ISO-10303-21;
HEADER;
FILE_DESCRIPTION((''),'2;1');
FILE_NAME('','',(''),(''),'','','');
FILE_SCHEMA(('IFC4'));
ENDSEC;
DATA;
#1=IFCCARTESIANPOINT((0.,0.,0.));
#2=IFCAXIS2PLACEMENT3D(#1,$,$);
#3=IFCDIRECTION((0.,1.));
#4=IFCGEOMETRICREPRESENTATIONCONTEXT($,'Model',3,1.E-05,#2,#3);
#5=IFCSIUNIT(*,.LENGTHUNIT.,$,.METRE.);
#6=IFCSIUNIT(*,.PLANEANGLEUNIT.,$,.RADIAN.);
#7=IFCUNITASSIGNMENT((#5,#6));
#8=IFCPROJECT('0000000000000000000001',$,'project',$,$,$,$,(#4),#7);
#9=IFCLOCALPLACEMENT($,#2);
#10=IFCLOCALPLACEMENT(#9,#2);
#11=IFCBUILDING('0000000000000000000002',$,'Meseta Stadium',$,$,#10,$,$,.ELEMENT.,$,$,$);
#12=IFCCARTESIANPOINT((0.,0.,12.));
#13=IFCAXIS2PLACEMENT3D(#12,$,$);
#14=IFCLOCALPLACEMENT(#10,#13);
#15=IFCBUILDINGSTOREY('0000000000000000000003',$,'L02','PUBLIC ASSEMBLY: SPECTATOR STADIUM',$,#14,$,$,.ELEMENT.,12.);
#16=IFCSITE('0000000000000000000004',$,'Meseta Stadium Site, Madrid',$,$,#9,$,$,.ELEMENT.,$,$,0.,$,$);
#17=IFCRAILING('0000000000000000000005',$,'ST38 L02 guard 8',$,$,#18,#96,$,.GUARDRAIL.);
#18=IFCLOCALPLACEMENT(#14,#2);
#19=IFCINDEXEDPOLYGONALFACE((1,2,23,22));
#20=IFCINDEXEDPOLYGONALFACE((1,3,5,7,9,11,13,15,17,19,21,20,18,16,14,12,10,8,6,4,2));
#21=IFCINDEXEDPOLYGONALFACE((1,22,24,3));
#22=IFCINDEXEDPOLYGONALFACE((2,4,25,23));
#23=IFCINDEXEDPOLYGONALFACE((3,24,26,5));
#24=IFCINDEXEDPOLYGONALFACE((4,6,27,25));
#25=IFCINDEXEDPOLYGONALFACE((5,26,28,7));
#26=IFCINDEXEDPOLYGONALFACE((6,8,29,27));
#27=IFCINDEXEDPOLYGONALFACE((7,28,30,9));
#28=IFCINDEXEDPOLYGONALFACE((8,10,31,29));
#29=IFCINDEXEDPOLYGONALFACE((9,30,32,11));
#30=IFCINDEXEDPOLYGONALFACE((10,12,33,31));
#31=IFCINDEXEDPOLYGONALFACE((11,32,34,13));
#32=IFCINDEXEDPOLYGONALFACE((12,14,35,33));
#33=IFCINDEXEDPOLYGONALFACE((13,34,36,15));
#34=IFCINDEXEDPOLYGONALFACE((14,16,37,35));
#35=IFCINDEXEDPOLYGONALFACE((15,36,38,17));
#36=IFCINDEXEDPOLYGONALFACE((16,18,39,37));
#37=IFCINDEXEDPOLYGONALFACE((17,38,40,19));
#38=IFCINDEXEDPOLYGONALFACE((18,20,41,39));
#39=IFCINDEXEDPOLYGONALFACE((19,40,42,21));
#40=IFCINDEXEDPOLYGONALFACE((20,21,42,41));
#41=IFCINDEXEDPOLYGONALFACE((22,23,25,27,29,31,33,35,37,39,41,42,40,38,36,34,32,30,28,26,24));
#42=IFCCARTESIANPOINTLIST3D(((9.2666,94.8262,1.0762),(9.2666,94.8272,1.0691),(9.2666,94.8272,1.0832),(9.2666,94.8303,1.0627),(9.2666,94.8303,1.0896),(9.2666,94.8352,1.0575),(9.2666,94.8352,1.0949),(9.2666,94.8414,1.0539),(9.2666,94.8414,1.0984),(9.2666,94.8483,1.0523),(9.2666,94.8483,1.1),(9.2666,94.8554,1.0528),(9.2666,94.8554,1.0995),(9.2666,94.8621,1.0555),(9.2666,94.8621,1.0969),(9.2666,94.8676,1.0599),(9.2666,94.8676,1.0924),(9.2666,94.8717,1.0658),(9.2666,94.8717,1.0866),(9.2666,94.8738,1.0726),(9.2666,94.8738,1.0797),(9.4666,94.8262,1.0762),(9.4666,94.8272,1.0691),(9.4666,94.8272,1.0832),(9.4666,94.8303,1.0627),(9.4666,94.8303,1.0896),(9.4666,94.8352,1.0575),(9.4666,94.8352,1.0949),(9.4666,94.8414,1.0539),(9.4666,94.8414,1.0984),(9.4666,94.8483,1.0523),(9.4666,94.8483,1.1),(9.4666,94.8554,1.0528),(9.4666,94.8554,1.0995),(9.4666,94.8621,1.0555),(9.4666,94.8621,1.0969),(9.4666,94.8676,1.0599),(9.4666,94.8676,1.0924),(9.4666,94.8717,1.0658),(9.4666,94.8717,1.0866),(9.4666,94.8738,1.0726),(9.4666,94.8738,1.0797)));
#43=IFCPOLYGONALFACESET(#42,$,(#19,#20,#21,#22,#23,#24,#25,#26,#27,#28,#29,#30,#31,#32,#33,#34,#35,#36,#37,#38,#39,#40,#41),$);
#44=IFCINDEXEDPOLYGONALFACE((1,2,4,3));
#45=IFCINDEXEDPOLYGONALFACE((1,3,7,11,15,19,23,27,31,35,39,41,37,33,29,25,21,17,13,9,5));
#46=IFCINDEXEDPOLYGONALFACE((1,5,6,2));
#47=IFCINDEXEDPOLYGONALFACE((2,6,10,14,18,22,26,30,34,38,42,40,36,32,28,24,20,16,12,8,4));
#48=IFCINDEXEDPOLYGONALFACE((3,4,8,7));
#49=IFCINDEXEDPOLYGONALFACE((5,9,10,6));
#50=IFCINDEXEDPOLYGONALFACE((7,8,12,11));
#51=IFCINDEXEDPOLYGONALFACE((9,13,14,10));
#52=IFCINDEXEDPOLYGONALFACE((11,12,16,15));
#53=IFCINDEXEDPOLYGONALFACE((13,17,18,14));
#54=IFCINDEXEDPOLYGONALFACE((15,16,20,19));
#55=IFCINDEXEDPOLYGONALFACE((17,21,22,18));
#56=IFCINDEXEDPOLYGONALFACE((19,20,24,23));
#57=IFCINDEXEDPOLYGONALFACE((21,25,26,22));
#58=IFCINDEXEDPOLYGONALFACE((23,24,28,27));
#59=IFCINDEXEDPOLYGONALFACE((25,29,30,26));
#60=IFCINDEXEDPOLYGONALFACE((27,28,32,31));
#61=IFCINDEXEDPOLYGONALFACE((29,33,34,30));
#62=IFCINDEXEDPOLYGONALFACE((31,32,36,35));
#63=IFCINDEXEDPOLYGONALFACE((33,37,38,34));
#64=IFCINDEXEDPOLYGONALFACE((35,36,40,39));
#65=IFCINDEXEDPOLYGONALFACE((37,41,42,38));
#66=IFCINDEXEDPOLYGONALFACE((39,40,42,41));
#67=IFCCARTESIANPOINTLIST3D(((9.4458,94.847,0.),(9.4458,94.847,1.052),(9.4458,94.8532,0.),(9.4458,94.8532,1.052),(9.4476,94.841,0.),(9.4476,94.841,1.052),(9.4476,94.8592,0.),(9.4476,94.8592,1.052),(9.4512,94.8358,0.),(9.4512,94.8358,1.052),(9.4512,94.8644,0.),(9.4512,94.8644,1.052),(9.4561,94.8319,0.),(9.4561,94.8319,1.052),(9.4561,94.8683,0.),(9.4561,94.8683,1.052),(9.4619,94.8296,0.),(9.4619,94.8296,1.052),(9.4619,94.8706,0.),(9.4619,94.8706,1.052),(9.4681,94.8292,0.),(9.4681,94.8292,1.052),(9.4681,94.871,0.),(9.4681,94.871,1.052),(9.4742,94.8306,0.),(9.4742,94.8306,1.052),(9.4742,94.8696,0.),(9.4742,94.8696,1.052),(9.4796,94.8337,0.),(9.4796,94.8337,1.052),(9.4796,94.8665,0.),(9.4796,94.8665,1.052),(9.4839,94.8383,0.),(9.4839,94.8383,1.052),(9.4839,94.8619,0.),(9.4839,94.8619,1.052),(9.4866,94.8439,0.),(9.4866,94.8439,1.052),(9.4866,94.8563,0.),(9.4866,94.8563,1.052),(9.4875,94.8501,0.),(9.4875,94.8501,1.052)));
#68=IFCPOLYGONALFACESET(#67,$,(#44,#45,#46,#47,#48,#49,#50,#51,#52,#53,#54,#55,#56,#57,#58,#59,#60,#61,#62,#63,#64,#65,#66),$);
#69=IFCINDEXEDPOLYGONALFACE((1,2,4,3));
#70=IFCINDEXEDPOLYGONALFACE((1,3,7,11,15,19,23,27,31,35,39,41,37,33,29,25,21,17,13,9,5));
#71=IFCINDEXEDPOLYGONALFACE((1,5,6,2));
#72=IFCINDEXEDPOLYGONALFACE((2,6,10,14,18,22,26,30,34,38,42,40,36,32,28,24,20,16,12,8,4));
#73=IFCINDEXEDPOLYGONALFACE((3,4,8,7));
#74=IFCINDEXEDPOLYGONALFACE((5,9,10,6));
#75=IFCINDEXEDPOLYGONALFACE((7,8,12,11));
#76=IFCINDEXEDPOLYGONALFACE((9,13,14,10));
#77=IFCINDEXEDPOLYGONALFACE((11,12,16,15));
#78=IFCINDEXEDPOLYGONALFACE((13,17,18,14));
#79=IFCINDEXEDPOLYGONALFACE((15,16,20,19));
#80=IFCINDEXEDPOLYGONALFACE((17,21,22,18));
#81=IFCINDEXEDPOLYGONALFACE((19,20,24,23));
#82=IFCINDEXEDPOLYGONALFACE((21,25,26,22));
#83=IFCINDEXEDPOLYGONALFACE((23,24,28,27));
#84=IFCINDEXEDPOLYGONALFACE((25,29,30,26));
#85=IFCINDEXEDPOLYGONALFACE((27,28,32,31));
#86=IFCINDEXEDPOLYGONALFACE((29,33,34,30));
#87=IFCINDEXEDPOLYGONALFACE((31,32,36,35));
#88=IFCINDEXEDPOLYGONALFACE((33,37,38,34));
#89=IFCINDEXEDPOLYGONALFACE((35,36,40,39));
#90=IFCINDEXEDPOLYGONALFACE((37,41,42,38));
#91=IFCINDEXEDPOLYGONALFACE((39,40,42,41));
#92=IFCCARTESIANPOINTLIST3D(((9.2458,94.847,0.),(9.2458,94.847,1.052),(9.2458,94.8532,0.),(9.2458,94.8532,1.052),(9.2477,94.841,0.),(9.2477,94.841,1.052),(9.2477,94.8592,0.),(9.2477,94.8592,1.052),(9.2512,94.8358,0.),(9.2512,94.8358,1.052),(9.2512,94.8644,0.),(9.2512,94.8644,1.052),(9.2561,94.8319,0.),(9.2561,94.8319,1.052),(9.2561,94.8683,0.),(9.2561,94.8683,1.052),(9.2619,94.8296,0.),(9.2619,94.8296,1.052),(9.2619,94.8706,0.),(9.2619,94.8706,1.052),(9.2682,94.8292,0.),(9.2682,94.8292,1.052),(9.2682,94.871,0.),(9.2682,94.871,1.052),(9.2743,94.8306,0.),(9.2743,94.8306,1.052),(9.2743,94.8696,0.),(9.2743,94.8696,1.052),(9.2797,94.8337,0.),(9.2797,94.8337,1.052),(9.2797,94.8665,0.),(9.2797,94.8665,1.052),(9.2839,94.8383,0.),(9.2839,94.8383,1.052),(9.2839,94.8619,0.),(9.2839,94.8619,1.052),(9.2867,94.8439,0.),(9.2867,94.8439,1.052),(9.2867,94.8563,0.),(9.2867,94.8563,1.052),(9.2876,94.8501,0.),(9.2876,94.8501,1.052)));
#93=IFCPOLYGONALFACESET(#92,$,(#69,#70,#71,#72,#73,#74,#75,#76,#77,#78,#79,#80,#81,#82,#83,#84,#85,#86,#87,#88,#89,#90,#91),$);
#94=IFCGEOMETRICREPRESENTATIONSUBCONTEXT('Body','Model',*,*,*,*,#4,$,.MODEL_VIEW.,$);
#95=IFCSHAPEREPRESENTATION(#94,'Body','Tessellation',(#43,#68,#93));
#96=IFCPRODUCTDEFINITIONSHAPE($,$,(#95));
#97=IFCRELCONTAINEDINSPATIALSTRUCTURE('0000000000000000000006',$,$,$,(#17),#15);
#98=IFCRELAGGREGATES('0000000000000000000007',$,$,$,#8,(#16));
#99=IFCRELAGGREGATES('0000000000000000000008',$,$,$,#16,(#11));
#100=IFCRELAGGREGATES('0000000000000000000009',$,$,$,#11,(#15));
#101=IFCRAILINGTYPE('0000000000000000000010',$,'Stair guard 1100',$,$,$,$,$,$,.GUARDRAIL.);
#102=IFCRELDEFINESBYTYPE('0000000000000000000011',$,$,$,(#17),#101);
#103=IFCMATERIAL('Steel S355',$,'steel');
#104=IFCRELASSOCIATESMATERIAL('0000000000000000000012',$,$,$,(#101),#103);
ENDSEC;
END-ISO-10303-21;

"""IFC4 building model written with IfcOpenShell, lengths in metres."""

from ifc_helpers import new_model, si_unit, direction, frame, origin, origin_2d, place, context, subcontext, project, spatial, circle, extrude, material, type_object, element, save


model = new_model("IFC4")

# Units and contexts
model_context = context("Model", 3, precision=1e-05, world=origin(), true_north=direction((0.0, 1.0)))
body_context = subcontext(model_context, "Body", "Model", "MODEL_VIEW")
ifc_project = project(units=[si_unit("LENGTHUNIT", "METRE"), si_unit("PLANEANGLEUNIT", "RADIAN")], contexts=[model_context])

# Site, building, storey
site_placement = place(None, origin())
site = spatial("IfcSite", under=ifc_project, at=site_placement, Name="Meseta Stadium Site, Madrid", CompositionType="ELEMENT", RefElevation=0.0)
building_placement = place(site_placement, origin())
building = spatial("IfcBuilding", under=site, at=building_placement, Name="Meseta Stadium", CompositionType="ELEMENT")
storey_placement = place(building_placement, frame((0.0, 0.0, 12.0)))
storey = spatial("IfcBuildingStorey", under=building, at=storey_placement, Name="L02", Description="PUBLIC ASSEMBLY: SPECTATOR STADIUM", CompositionType="ELEMENT", Elevation=12.0)

# Railing
ifc_material_1 = material(Name="Steel S355", Category="steel")
railing_type_1 = type_object("IfcRailingType", Name="Stair guard 1100", PredefinedType="GUARDRAIL", material=ifc_material_1)
railing_1_placement = place(storey_placement, frame((9.4666, 94.8501, 0.0)))
element("IfcRailing", 1, at=railing_1_placement, inside=storey, type_object=railing_type_1, Name="ST38 L02 guard 8", PredefinedType="GUARDRAIL", context=body_context, shape_type="SweptSolid", body=[
    extrude(circle(Radius=0.0239, at=origin_2d()), frame((0.0, 0.0, 1.0762), z_axis=(-1.0, 0.0, 0.0), x_axis=(0.0, -1.0, 0.0)), (0.0, 0.0, 1.0), 0.2),
    extrude(circle(Radius=0.021, at=origin_2d()), origin(), (0.0, 0.0, 1.0), 1.052),
    extrude(circle(Radius=0.021, at=origin_2d()), frame((-0.2, 0.0, 0.0)), (0.0, 0.0, 1.0), 1.052),
])

save(model, "model.ifc")
